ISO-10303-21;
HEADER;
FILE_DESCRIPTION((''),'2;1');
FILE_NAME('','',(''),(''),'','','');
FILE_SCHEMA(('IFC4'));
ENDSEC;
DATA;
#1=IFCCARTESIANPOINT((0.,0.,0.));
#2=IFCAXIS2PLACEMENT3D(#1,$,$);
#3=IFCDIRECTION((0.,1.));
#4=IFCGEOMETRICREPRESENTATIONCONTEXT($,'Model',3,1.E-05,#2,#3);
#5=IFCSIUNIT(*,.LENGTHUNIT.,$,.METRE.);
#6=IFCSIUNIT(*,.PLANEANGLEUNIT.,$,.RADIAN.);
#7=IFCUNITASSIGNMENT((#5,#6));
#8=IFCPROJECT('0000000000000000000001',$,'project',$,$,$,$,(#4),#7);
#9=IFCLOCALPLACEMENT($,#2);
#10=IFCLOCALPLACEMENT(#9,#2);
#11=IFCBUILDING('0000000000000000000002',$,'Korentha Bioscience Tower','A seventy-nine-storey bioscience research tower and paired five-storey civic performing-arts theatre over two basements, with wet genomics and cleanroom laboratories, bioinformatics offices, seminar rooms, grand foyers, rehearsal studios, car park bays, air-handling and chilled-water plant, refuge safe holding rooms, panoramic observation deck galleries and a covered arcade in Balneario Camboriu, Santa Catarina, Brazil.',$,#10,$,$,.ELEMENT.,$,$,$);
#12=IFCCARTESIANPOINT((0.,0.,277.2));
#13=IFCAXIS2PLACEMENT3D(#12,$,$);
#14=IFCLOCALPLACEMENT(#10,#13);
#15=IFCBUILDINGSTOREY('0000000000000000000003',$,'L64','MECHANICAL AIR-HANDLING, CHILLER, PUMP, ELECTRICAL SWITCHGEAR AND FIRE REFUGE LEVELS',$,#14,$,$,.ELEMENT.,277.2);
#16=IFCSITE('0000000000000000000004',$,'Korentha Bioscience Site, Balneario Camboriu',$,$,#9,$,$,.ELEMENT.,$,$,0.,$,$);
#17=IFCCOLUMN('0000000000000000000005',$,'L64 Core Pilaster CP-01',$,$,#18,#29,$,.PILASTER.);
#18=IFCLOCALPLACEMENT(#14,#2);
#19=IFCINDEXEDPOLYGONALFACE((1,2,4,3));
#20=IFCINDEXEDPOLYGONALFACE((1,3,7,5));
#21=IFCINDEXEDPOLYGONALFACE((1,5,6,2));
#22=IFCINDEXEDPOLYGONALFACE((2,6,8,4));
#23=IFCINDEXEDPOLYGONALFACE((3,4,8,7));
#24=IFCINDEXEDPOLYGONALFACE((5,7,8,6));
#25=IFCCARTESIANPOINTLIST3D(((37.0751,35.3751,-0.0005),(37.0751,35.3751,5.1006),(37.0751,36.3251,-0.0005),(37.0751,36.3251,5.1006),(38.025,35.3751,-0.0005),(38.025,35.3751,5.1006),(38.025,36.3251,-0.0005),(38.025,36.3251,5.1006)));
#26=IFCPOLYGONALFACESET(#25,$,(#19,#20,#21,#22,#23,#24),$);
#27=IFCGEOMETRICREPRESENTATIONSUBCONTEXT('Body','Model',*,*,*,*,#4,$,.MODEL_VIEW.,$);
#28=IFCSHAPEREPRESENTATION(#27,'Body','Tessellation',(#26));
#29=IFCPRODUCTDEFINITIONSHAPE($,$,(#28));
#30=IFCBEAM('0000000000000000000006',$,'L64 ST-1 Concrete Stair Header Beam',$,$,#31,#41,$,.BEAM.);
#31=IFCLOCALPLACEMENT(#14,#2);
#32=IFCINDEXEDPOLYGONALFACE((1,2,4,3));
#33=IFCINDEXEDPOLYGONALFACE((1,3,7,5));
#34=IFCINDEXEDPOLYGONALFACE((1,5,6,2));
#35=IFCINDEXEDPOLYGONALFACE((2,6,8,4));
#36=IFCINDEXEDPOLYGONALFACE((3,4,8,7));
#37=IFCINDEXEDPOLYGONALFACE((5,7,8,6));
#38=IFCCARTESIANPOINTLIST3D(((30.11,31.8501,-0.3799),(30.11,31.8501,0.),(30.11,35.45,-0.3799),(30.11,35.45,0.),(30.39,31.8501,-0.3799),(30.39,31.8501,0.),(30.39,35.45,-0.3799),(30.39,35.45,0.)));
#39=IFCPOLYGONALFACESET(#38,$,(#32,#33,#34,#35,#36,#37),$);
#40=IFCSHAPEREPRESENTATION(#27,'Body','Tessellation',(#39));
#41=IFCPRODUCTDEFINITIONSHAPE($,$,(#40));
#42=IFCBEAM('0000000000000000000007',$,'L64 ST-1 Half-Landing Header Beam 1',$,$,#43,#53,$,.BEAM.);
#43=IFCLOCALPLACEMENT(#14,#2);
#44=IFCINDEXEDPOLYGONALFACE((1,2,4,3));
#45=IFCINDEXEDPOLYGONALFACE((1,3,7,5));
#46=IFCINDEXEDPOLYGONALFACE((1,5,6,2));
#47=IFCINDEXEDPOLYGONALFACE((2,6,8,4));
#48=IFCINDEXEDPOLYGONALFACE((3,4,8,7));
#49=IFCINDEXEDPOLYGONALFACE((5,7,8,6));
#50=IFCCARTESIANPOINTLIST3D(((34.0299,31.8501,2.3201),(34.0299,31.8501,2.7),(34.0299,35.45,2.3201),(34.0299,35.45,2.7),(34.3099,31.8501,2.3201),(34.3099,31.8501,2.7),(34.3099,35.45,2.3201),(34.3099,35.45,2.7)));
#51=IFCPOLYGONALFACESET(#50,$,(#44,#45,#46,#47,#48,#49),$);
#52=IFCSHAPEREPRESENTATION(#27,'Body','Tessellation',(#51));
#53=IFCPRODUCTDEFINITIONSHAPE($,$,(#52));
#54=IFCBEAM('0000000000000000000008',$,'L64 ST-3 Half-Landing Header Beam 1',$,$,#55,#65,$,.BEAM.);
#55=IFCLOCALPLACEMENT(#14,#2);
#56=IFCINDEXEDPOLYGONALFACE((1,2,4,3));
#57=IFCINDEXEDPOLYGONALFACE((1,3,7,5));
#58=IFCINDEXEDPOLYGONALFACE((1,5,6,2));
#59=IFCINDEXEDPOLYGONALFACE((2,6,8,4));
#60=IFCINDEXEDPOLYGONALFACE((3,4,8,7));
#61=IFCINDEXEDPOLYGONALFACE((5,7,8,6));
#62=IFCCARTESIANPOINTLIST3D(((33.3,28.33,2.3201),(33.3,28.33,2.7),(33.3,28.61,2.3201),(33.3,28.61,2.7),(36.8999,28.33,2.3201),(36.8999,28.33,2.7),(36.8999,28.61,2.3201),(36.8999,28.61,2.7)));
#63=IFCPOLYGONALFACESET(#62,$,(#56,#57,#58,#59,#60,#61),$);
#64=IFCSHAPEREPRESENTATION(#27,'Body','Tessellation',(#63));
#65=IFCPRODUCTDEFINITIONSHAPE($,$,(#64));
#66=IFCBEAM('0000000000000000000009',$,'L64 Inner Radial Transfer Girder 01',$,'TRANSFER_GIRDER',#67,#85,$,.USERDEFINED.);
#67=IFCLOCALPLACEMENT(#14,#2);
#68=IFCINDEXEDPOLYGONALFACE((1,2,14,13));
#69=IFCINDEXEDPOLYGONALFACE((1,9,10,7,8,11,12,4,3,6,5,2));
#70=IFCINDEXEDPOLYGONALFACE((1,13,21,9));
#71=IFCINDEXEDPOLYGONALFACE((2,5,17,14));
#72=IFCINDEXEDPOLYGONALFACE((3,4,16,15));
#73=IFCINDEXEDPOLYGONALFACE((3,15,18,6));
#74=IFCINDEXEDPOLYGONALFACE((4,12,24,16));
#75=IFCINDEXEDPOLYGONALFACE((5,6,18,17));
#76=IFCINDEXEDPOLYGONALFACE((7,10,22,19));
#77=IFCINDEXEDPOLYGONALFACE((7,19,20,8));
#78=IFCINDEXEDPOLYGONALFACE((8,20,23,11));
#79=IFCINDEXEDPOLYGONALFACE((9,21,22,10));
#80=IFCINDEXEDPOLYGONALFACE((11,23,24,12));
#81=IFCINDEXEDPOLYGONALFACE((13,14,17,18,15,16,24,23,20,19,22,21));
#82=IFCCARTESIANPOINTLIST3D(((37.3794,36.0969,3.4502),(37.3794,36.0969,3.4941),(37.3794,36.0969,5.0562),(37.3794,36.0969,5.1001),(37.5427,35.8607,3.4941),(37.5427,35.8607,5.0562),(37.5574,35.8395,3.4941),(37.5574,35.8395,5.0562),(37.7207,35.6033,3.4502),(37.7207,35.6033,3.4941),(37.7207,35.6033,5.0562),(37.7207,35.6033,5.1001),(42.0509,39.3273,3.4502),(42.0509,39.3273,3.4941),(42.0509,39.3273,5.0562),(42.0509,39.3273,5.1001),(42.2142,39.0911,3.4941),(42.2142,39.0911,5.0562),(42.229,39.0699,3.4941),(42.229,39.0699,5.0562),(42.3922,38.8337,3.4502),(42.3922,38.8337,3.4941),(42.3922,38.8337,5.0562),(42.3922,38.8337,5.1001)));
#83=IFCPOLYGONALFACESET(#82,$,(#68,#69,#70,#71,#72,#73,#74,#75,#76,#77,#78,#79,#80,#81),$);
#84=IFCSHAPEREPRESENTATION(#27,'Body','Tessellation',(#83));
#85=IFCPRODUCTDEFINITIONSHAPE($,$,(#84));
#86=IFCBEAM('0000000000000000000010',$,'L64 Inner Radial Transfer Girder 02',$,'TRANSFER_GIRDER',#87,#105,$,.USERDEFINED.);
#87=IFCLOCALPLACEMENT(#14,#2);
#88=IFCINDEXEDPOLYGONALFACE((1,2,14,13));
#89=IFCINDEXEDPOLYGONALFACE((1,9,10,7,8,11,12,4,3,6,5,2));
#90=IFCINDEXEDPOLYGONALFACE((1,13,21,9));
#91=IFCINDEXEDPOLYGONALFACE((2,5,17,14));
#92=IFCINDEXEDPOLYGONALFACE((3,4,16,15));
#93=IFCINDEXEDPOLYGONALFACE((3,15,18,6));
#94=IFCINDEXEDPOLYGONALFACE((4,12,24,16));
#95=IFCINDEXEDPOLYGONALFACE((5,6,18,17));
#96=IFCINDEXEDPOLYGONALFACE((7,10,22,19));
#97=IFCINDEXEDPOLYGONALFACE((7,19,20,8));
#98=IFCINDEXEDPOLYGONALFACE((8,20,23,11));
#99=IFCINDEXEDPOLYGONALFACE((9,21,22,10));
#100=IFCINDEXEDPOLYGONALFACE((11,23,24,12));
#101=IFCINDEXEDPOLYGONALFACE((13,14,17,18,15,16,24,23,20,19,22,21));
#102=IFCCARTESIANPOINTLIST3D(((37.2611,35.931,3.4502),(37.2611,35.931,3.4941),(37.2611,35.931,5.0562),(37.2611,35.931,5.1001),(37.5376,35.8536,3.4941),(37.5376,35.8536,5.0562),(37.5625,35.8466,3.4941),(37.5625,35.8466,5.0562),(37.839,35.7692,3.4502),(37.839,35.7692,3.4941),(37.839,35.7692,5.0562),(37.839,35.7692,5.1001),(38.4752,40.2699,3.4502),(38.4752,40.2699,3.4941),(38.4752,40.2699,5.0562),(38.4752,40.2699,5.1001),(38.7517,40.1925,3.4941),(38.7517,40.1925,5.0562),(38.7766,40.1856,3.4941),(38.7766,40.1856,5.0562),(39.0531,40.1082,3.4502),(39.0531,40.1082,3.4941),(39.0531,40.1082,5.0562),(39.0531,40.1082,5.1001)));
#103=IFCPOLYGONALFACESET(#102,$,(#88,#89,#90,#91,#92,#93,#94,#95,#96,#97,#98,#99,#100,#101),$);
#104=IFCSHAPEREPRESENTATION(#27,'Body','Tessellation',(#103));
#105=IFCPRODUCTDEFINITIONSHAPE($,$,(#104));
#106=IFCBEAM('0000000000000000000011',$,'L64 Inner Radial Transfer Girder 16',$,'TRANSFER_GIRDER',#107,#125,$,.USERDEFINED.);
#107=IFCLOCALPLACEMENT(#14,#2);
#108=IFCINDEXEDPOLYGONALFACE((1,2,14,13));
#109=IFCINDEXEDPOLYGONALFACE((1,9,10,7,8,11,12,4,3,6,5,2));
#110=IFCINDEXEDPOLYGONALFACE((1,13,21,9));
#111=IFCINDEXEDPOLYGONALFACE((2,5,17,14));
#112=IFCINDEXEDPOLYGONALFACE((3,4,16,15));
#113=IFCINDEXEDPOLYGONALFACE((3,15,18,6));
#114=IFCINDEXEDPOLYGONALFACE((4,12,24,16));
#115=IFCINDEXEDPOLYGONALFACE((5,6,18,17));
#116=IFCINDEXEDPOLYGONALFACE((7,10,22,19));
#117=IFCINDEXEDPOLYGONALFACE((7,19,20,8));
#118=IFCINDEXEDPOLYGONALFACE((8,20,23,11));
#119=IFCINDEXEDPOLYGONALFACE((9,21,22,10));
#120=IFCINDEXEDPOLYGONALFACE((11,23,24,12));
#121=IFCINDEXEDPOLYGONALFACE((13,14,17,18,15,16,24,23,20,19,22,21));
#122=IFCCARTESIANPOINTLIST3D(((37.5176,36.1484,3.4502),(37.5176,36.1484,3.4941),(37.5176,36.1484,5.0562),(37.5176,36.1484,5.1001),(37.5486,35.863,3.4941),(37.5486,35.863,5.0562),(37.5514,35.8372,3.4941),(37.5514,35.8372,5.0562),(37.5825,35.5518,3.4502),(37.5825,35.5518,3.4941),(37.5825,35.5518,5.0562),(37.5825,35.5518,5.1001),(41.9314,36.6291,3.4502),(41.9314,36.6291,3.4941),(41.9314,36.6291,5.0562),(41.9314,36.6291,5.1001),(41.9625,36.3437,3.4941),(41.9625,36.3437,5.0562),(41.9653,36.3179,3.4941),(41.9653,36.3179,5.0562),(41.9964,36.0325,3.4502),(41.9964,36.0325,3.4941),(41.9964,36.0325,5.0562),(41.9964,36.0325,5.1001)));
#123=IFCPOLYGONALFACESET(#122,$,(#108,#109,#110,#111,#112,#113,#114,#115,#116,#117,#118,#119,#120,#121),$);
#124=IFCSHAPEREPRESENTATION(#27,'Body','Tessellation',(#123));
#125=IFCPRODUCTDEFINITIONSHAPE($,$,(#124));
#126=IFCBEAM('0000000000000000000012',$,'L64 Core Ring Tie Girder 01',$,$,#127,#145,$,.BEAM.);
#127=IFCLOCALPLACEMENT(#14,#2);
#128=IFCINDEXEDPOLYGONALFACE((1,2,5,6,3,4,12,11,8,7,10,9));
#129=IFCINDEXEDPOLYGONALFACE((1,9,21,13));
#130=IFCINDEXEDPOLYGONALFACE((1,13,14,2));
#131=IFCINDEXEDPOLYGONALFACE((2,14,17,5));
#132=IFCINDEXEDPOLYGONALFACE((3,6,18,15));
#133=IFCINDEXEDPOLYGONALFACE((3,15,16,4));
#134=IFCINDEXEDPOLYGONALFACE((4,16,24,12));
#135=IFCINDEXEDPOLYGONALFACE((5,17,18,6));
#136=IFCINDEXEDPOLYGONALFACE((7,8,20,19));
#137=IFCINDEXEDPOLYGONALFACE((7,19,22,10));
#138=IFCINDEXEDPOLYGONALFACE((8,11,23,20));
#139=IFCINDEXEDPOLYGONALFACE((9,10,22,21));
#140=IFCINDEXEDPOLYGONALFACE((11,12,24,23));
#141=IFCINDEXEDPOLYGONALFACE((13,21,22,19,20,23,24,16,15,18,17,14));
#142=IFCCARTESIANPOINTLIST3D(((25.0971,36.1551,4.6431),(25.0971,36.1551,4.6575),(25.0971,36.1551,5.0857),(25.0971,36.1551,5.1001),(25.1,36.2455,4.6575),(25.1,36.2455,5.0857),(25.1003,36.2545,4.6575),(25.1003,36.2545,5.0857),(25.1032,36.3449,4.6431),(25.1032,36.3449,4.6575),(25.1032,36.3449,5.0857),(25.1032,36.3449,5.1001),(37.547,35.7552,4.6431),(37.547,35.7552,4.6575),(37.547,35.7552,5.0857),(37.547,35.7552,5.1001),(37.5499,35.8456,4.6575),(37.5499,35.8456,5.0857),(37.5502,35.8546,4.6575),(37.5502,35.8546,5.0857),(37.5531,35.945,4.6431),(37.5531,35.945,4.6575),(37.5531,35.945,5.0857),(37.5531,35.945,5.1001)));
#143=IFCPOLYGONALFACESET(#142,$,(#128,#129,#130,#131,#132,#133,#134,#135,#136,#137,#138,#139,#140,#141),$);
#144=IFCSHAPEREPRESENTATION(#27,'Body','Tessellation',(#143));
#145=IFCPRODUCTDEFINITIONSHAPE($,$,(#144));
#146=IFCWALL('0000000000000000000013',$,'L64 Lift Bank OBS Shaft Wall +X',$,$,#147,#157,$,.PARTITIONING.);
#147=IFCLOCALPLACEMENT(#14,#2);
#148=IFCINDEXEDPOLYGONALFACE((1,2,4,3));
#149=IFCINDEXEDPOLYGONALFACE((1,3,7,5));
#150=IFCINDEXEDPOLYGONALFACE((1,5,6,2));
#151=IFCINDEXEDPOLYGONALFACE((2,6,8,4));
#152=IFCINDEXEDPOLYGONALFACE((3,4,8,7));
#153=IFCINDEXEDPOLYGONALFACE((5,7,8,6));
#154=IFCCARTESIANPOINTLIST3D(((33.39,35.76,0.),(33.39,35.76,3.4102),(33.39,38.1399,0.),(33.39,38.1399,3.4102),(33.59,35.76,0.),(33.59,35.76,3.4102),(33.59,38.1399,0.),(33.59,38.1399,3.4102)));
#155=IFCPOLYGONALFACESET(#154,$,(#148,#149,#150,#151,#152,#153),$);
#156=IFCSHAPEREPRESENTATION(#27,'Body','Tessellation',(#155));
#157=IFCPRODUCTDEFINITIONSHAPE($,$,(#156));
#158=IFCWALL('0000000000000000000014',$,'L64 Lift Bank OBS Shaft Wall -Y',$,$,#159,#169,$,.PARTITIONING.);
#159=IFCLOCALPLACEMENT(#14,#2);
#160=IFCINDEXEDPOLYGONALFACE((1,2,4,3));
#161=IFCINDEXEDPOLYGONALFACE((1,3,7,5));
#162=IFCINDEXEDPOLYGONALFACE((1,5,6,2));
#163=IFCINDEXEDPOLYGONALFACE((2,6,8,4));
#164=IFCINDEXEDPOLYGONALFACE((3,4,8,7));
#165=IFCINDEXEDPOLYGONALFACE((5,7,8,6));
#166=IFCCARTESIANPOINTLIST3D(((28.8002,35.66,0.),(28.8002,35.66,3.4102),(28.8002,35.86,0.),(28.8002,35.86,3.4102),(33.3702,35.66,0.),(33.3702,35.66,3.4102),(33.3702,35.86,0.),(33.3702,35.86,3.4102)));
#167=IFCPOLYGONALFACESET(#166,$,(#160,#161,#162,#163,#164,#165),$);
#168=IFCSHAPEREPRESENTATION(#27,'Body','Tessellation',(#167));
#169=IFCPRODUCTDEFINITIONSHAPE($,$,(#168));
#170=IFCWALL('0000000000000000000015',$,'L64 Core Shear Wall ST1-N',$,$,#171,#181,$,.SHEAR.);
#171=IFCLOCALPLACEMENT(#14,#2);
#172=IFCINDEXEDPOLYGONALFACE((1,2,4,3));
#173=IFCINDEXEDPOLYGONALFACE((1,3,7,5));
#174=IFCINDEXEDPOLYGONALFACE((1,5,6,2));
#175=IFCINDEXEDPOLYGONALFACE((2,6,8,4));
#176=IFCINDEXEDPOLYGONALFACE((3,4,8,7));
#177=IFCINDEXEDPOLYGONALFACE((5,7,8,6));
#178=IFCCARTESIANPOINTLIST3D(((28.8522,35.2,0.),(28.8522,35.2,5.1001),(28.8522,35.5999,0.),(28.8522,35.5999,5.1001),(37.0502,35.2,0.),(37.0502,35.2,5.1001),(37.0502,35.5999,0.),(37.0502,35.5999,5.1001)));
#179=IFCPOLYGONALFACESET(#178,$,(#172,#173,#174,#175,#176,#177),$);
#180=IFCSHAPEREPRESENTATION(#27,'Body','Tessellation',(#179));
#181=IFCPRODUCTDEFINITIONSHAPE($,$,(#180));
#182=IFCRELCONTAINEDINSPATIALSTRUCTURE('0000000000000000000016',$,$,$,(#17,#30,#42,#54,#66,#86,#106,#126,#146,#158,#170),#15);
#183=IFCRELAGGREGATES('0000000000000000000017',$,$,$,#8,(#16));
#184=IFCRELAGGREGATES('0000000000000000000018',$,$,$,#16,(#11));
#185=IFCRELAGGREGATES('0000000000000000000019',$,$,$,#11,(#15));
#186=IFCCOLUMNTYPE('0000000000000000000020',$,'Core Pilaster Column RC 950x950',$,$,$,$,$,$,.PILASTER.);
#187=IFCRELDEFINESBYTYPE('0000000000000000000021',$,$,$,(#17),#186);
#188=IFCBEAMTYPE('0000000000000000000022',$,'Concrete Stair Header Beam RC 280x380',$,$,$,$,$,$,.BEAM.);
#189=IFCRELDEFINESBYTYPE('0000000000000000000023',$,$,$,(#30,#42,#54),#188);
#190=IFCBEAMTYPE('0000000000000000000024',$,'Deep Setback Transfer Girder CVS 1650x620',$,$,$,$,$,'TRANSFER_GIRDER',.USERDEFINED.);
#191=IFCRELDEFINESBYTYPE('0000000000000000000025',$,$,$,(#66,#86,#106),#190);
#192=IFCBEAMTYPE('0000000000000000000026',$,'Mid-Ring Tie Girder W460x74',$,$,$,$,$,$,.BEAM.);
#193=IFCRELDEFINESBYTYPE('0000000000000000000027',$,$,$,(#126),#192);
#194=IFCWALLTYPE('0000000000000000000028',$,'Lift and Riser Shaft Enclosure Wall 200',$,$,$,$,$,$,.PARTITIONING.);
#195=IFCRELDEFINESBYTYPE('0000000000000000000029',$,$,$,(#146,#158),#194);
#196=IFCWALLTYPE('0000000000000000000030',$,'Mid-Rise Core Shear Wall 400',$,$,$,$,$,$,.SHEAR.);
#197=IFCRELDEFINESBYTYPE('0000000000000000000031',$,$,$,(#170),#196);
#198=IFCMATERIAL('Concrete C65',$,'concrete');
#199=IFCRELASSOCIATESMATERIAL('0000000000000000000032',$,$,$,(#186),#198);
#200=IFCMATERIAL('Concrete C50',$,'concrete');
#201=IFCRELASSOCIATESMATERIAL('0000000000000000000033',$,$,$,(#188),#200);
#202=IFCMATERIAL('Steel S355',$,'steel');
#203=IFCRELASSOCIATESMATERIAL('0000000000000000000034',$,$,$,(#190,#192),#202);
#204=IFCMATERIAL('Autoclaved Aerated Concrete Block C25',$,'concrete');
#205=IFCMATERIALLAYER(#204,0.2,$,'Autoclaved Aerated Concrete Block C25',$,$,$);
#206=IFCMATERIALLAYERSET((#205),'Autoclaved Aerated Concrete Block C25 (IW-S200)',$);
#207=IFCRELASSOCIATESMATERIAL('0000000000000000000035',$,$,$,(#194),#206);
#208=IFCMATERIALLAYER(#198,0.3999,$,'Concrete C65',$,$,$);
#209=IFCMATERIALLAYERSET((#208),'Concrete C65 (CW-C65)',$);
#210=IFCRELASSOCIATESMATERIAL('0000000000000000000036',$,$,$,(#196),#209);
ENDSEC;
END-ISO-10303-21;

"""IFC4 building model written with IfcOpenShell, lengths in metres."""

from ifc_helpers import new_model, si_unit, direction, frame, frame_2d, origin, origin_2d, place, context, subcontext, project, spatial, rectangle, i_section, extrude, material, layer, layer_set, material_profile, profile_set, type_object, element, save


model = new_model("IFC4")

# Units and contexts
model_context = context("Model", 3, precision=1e-05, world=origin(), true_north=direction((0.0, 1.0)))
body_context = subcontext(model_context, "Body", "Model", "MODEL_VIEW")
ifc_project = project(units=[si_unit("LENGTHUNIT", "METRE"), si_unit("PLANEANGLEUNIT", "RADIAN")], contexts=[model_context])

# Site, building, storey
site_placement = place(None, origin())
site = spatial("IfcSite", under=ifc_project, at=site_placement, Name="Korentha Bioscience Site, Balneario Camboriu", CompositionType="ELEMENT", RefElevation=0.0)
building_placement = place(site_placement, origin())
building = spatial("IfcBuilding", under=site, at=building_placement, Name="Korentha Bioscience Tower", Description="A seventy-nine-storey bioscience research tower and paired five-storey civic performing-arts theatre over two basements, with wet genomics and cleanroom laboratories, bioinformatics offices, seminar rooms, grand foyers, rehearsal studios, car park bays, air-handling and chilled-water plant, refuge safe holding rooms, panoramic observation deck galleries and a covered arcade in Balneario Camboriu, Santa Catarina, Brazil.", CompositionType="ELEMENT")
storey_placement = place(building_placement, frame((0.0, 0.0, 277.2)))
storey = spatial("IfcBuildingStorey", under=building, at=storey_placement, Name="L64", Description="MECHANICAL AIR-HANDLING, CHILLER, PUMP, ELECTRICAL SWITCHGEAR AND FIRE REFUGE LEVELS", CompositionType="ELEMENT", Elevation=277.2)

# Column
ifc_material_1 = material(Name="Concrete C65", Category="concrete")
ifc_material_profile_1 = material_profile(ifc_material_1, rectangle(XDim=0.95, YDim=0.95, at=origin_2d()), Name="Concrete C65")
ifc_profile_set_1 = profile_set([ifc_material_profile_1], Name="Concrete C65 (COL-CP09)")
column_type = type_object("IfcColumnType", Name="Core Pilaster Column RC 950x950", PredefinedType="PILASTER", material=ifc_profile_set_1)
column_placement = place(storey_placement, frame((37.55, 35.8501, -0.0005), z_axis=(0.0, 0.0, 1.0), x_axis=(1.0, 0.0, 0.0)))
element("IfcColumn", 1, at=column_placement, inside=storey, type_object=column_type, Name="L64 Core Pilaster CP-01", PredefinedType="PILASTER", context=body_context, shape_type="SweptSolid", body=[
    extrude(rectangle(XDim=0.95, YDim=0.95, at=origin_2d()), origin(), (0.0, 0.0, 1.0), 5.1011),
])

# Beams
ifc_material_2 = material(Name="Concrete C50", Category="concrete")
ifc_material_profile_2 = material_profile(ifc_material_2, rectangle(XDim=0.28, YDim=0.3799, at=origin_2d()), Name="Concrete C50")
ifc_profile_set_2 = profile_set([ifc_material_profile_2], Name="Concrete C50 (ST-HB380)")
beam_type_1 = type_object("IfcBeamType", Name="Concrete Stair Header Beam RC 280x380", PredefinedType="BEAM", material=ifc_profile_set_2)
for number, where, z_axis, x_axis, name in (
    (2, (30.25, 31.8501, -0.1899), (0.0, 1.0, 0.0), (-1.0, 0.0, 0.0), "L64 ST-1 Concrete Stair Header Beam"),
    (3, (34.1699, 31.8501, 2.51), (0.0, 1.0, 0.0), (-1.0, 0.0, 0.0), "L64 ST-1 Half-Landing Header Beam 1"),
    (4, (36.8999, 28.47, 2.51), (-1.0, 0.0, 0.0), (0.0, -1.0, 0.0), "L64 ST-3 Half-Landing Header Beam 1"),
):
    element("IfcBeam", number, at=place(storey_placement, frame(where, z_axis=z_axis, x_axis=x_axis)), inside=storey, type_object=beam_type_1, Name=name, PredefinedType="BEAM", context=body_context, shape_type="SweptSolid", body=[
        extrude(rectangle(XDim=0.28, YDim=0.3799, at=origin_2d()), origin(), (0.0, 0.0, 1.0), 3.5999),
    ])
ifc_material_3 = material(Name="Steel S355", Category="steel")
ifc_material_profile_3 = material_profile(ifc_material_3, i_section(OverallWidth=0.6001, OverallDepth=1.6499, WebThickness=0.0259, FlangeThickness=0.0439, at=origin_2d()), Name="Steel S355")
ifc_profile_set_3 = profile_set([ifc_material_profile_3], Name="Steel S355 (TG-04)")
beam_type_2 = type_object("IfcBeamType", Name="Deep Setback Transfer Girder CVS 1650x620", ElementType="TRANSFER_GIRDER", PredefinedType="USERDEFINED", material=ifc_profile_set_3)
beam_1_placement = place(storey_placement, frame((37.55, 35.8501, 4.2751), z_axis=(0.8225, 0.568765, 0.0), x_axis=(-0.568765, 0.8225, 0.0)))
element("IfcBeam", 5, at=beam_1_placement, inside=storey, type_object=beam_type_2, Name="L64 Inner Radial Transfer Girder 01", ObjectType="TRANSFER_GIRDER", PredefinedType="USERDEFINED", context=body_context, shape_type="SweptSolid", body=[
    extrude(i_section(OverallWidth=0.6001, OverallDepth=1.6499, WebThickness=0.0259, FlangeThickness=0.0439, at=origin_2d()), origin(), (0.0, 0.0, 1.0), 5.6797),
])
beam_2_placement = place(storey_placement, frame((37.55, 35.8501, 4.2751), z_axis=(0.269471, 0.963008, 0.0), x_axis=(-0.963008, 0.269471, 0.0)))
element("IfcBeam", 6, at=beam_2_placement, inside=storey, type_object=beam_type_2, Name="L64 Inner Radial Transfer Girder 02", ObjectType="TRANSFER_GIRDER", PredefinedType="USERDEFINED", context=body_context, shape_type="SweptSolid", body=[
    extrude(i_section(OverallWidth=0.6001, OverallDepth=1.6499, WebThickness=0.0259, FlangeThickness=0.0439, at=origin_2d()), origin(), (0.0, 0.0, 1.0), 4.5056),
])
beam_3_placement = place(storey_placement, frame((37.55, 35.8501, 4.2751), z_axis=(0.994121, 0.108271, 0.0), x_axis=(-0.108271, 0.994121, 0.0)))
element("IfcBeam", 7, at=beam_3_placement, inside=storey, type_object=beam_type_2, Name="L64 Inner Radial Transfer Girder 16", ObjectType="TRANSFER_GIRDER", PredefinedType="USERDEFINED", context=body_context, shape_type="SweptSolid", body=[
    extrude(i_section(OverallWidth=0.6001, OverallDepth=1.6499, WebThickness=0.0259, FlangeThickness=0.0439, at=origin_2d()), origin(), (0.0, 0.0, 1.0), 4.4399),
])
ifc_material_profile_4 = material_profile(ifc_material_3, i_section(OverallWidth=0.1899, OverallDepth=0.457, WebThickness=0.009, FlangeThickness=0.0144, at=origin_2d()), Name="Steel S355")
ifc_profile_set_4 = profile_set([ifc_material_profile_4], Name="Steel S355 (MB-460)")
beam_type_3 = type_object("IfcBeamType", Name="Mid-Ring Tie Girder W460x74", PredefinedType="BEAM", material=ifc_profile_set_4)
beam_4_placement = place(storey_placement, frame((37.55, 35.8501, 4.8716), z_axis=(-0.999485, 0.032104, 0.0), x_axis=(-0.032104, -0.999485, 0.0)))
element("IfcBeam", 8, at=beam_4_placement, inside=storey, type_object=beam_type_3, Name="L64 Core Ring Tie Girder 01", PredefinedType="BEAM", context=body_context, shape_type="SweptSolid", body=[
    extrude(i_section(OverallWidth=0.1899, OverallDepth=0.457, WebThickness=0.009, FlangeThickness=0.0144, at=origin_2d()), origin(), (0.0, 0.0, 1.0), 12.4563),
])

# Walls
ifc_material_4 = material(Name="Autoclaved Aerated Concrete Block C25", Category="concrete")
ifc_layer_1 = layer(ifc_material_4, 0.2, Name="Autoclaved Aerated Concrete Block C25")
ifc_layer_set_1 = layer_set([ifc_layer_1], Name="Autoclaved Aerated Concrete Block C25 (IW-S200)")
wall_type_1 = type_object("IfcWallType", Name="Lift and Riser Shaft Enclosure Wall 200", PredefinedType="PARTITIONING", material=ifc_layer_set_1)
wall_1_placement = place(storey_placement, frame((33.49, 35.76, 0.0), z_axis=(0.0, 0.0, 1.0), x_axis=(0.0, 1.0, 0.0)))
element("IfcWall", 9, at=wall_1_placement, inside=storey, type_object=wall_type_1, Name="L64 Lift Bank OBS Shaft Wall +X", PredefinedType="PARTITIONING", context=body_context, shape_type="SweptSolid", body=[
    extrude(rectangle(XDim=2.3799, YDim=0.2, at=frame_2d((1.1899, 0.0))), origin(), (0.0, 0.0, 1.0), 3.4102),
])
wall_2_placement = place(storey_placement, frame((28.8, 35.76, 0.0), z_axis=(0.0, 0.0, 1.0), x_axis=(1.0, 0.0, 0.0)))
element("IfcWall", 10, at=wall_2_placement, inside=storey, type_object=wall_type_1, Name="L64 Lift Bank OBS Shaft Wall -Y", PredefinedType="PARTITIONING", context=body_context, shape_type="SweptSolid", body=[
    extrude(rectangle(XDim=4.5701, YDim=0.2, at=frame_2d((2.2852, 0.0))), origin(), (0.0, 0.0, 1.0), 3.4102),
])
ifc_layer_2 = layer(ifc_material_1, 0.3999, Name="Concrete C65")
ifc_layer_set_2 = layer_set([ifc_layer_2], Name="Concrete C65 (CW-C65)")
wall_type_2 = type_object("IfcWallType", Name="Mid-Rise Core Shear Wall 400", PredefinedType="SHEAR", material=ifc_layer_set_2)
wall_3_placement = place(storey_placement, frame((28.8521, 35.3999, 0.0), z_axis=(0.0, 0.0, 1.0), x_axis=(1.0, 0.0, 0.0)))
element("IfcWall", 11, at=wall_3_placement, inside=storey, type_object=wall_type_2, Name="L64 Core Shear Wall ST1-N", PredefinedType="SHEAR", context=body_context, shape_type="SweptSolid", body=[
    extrude(rectangle(XDim=8.198, YDim=0.3999, at=frame_2d((4.0991, 0.0))), origin(), (0.0, 0.0, 1.0), 5.1001),
])

save(model, "model.ifc")
